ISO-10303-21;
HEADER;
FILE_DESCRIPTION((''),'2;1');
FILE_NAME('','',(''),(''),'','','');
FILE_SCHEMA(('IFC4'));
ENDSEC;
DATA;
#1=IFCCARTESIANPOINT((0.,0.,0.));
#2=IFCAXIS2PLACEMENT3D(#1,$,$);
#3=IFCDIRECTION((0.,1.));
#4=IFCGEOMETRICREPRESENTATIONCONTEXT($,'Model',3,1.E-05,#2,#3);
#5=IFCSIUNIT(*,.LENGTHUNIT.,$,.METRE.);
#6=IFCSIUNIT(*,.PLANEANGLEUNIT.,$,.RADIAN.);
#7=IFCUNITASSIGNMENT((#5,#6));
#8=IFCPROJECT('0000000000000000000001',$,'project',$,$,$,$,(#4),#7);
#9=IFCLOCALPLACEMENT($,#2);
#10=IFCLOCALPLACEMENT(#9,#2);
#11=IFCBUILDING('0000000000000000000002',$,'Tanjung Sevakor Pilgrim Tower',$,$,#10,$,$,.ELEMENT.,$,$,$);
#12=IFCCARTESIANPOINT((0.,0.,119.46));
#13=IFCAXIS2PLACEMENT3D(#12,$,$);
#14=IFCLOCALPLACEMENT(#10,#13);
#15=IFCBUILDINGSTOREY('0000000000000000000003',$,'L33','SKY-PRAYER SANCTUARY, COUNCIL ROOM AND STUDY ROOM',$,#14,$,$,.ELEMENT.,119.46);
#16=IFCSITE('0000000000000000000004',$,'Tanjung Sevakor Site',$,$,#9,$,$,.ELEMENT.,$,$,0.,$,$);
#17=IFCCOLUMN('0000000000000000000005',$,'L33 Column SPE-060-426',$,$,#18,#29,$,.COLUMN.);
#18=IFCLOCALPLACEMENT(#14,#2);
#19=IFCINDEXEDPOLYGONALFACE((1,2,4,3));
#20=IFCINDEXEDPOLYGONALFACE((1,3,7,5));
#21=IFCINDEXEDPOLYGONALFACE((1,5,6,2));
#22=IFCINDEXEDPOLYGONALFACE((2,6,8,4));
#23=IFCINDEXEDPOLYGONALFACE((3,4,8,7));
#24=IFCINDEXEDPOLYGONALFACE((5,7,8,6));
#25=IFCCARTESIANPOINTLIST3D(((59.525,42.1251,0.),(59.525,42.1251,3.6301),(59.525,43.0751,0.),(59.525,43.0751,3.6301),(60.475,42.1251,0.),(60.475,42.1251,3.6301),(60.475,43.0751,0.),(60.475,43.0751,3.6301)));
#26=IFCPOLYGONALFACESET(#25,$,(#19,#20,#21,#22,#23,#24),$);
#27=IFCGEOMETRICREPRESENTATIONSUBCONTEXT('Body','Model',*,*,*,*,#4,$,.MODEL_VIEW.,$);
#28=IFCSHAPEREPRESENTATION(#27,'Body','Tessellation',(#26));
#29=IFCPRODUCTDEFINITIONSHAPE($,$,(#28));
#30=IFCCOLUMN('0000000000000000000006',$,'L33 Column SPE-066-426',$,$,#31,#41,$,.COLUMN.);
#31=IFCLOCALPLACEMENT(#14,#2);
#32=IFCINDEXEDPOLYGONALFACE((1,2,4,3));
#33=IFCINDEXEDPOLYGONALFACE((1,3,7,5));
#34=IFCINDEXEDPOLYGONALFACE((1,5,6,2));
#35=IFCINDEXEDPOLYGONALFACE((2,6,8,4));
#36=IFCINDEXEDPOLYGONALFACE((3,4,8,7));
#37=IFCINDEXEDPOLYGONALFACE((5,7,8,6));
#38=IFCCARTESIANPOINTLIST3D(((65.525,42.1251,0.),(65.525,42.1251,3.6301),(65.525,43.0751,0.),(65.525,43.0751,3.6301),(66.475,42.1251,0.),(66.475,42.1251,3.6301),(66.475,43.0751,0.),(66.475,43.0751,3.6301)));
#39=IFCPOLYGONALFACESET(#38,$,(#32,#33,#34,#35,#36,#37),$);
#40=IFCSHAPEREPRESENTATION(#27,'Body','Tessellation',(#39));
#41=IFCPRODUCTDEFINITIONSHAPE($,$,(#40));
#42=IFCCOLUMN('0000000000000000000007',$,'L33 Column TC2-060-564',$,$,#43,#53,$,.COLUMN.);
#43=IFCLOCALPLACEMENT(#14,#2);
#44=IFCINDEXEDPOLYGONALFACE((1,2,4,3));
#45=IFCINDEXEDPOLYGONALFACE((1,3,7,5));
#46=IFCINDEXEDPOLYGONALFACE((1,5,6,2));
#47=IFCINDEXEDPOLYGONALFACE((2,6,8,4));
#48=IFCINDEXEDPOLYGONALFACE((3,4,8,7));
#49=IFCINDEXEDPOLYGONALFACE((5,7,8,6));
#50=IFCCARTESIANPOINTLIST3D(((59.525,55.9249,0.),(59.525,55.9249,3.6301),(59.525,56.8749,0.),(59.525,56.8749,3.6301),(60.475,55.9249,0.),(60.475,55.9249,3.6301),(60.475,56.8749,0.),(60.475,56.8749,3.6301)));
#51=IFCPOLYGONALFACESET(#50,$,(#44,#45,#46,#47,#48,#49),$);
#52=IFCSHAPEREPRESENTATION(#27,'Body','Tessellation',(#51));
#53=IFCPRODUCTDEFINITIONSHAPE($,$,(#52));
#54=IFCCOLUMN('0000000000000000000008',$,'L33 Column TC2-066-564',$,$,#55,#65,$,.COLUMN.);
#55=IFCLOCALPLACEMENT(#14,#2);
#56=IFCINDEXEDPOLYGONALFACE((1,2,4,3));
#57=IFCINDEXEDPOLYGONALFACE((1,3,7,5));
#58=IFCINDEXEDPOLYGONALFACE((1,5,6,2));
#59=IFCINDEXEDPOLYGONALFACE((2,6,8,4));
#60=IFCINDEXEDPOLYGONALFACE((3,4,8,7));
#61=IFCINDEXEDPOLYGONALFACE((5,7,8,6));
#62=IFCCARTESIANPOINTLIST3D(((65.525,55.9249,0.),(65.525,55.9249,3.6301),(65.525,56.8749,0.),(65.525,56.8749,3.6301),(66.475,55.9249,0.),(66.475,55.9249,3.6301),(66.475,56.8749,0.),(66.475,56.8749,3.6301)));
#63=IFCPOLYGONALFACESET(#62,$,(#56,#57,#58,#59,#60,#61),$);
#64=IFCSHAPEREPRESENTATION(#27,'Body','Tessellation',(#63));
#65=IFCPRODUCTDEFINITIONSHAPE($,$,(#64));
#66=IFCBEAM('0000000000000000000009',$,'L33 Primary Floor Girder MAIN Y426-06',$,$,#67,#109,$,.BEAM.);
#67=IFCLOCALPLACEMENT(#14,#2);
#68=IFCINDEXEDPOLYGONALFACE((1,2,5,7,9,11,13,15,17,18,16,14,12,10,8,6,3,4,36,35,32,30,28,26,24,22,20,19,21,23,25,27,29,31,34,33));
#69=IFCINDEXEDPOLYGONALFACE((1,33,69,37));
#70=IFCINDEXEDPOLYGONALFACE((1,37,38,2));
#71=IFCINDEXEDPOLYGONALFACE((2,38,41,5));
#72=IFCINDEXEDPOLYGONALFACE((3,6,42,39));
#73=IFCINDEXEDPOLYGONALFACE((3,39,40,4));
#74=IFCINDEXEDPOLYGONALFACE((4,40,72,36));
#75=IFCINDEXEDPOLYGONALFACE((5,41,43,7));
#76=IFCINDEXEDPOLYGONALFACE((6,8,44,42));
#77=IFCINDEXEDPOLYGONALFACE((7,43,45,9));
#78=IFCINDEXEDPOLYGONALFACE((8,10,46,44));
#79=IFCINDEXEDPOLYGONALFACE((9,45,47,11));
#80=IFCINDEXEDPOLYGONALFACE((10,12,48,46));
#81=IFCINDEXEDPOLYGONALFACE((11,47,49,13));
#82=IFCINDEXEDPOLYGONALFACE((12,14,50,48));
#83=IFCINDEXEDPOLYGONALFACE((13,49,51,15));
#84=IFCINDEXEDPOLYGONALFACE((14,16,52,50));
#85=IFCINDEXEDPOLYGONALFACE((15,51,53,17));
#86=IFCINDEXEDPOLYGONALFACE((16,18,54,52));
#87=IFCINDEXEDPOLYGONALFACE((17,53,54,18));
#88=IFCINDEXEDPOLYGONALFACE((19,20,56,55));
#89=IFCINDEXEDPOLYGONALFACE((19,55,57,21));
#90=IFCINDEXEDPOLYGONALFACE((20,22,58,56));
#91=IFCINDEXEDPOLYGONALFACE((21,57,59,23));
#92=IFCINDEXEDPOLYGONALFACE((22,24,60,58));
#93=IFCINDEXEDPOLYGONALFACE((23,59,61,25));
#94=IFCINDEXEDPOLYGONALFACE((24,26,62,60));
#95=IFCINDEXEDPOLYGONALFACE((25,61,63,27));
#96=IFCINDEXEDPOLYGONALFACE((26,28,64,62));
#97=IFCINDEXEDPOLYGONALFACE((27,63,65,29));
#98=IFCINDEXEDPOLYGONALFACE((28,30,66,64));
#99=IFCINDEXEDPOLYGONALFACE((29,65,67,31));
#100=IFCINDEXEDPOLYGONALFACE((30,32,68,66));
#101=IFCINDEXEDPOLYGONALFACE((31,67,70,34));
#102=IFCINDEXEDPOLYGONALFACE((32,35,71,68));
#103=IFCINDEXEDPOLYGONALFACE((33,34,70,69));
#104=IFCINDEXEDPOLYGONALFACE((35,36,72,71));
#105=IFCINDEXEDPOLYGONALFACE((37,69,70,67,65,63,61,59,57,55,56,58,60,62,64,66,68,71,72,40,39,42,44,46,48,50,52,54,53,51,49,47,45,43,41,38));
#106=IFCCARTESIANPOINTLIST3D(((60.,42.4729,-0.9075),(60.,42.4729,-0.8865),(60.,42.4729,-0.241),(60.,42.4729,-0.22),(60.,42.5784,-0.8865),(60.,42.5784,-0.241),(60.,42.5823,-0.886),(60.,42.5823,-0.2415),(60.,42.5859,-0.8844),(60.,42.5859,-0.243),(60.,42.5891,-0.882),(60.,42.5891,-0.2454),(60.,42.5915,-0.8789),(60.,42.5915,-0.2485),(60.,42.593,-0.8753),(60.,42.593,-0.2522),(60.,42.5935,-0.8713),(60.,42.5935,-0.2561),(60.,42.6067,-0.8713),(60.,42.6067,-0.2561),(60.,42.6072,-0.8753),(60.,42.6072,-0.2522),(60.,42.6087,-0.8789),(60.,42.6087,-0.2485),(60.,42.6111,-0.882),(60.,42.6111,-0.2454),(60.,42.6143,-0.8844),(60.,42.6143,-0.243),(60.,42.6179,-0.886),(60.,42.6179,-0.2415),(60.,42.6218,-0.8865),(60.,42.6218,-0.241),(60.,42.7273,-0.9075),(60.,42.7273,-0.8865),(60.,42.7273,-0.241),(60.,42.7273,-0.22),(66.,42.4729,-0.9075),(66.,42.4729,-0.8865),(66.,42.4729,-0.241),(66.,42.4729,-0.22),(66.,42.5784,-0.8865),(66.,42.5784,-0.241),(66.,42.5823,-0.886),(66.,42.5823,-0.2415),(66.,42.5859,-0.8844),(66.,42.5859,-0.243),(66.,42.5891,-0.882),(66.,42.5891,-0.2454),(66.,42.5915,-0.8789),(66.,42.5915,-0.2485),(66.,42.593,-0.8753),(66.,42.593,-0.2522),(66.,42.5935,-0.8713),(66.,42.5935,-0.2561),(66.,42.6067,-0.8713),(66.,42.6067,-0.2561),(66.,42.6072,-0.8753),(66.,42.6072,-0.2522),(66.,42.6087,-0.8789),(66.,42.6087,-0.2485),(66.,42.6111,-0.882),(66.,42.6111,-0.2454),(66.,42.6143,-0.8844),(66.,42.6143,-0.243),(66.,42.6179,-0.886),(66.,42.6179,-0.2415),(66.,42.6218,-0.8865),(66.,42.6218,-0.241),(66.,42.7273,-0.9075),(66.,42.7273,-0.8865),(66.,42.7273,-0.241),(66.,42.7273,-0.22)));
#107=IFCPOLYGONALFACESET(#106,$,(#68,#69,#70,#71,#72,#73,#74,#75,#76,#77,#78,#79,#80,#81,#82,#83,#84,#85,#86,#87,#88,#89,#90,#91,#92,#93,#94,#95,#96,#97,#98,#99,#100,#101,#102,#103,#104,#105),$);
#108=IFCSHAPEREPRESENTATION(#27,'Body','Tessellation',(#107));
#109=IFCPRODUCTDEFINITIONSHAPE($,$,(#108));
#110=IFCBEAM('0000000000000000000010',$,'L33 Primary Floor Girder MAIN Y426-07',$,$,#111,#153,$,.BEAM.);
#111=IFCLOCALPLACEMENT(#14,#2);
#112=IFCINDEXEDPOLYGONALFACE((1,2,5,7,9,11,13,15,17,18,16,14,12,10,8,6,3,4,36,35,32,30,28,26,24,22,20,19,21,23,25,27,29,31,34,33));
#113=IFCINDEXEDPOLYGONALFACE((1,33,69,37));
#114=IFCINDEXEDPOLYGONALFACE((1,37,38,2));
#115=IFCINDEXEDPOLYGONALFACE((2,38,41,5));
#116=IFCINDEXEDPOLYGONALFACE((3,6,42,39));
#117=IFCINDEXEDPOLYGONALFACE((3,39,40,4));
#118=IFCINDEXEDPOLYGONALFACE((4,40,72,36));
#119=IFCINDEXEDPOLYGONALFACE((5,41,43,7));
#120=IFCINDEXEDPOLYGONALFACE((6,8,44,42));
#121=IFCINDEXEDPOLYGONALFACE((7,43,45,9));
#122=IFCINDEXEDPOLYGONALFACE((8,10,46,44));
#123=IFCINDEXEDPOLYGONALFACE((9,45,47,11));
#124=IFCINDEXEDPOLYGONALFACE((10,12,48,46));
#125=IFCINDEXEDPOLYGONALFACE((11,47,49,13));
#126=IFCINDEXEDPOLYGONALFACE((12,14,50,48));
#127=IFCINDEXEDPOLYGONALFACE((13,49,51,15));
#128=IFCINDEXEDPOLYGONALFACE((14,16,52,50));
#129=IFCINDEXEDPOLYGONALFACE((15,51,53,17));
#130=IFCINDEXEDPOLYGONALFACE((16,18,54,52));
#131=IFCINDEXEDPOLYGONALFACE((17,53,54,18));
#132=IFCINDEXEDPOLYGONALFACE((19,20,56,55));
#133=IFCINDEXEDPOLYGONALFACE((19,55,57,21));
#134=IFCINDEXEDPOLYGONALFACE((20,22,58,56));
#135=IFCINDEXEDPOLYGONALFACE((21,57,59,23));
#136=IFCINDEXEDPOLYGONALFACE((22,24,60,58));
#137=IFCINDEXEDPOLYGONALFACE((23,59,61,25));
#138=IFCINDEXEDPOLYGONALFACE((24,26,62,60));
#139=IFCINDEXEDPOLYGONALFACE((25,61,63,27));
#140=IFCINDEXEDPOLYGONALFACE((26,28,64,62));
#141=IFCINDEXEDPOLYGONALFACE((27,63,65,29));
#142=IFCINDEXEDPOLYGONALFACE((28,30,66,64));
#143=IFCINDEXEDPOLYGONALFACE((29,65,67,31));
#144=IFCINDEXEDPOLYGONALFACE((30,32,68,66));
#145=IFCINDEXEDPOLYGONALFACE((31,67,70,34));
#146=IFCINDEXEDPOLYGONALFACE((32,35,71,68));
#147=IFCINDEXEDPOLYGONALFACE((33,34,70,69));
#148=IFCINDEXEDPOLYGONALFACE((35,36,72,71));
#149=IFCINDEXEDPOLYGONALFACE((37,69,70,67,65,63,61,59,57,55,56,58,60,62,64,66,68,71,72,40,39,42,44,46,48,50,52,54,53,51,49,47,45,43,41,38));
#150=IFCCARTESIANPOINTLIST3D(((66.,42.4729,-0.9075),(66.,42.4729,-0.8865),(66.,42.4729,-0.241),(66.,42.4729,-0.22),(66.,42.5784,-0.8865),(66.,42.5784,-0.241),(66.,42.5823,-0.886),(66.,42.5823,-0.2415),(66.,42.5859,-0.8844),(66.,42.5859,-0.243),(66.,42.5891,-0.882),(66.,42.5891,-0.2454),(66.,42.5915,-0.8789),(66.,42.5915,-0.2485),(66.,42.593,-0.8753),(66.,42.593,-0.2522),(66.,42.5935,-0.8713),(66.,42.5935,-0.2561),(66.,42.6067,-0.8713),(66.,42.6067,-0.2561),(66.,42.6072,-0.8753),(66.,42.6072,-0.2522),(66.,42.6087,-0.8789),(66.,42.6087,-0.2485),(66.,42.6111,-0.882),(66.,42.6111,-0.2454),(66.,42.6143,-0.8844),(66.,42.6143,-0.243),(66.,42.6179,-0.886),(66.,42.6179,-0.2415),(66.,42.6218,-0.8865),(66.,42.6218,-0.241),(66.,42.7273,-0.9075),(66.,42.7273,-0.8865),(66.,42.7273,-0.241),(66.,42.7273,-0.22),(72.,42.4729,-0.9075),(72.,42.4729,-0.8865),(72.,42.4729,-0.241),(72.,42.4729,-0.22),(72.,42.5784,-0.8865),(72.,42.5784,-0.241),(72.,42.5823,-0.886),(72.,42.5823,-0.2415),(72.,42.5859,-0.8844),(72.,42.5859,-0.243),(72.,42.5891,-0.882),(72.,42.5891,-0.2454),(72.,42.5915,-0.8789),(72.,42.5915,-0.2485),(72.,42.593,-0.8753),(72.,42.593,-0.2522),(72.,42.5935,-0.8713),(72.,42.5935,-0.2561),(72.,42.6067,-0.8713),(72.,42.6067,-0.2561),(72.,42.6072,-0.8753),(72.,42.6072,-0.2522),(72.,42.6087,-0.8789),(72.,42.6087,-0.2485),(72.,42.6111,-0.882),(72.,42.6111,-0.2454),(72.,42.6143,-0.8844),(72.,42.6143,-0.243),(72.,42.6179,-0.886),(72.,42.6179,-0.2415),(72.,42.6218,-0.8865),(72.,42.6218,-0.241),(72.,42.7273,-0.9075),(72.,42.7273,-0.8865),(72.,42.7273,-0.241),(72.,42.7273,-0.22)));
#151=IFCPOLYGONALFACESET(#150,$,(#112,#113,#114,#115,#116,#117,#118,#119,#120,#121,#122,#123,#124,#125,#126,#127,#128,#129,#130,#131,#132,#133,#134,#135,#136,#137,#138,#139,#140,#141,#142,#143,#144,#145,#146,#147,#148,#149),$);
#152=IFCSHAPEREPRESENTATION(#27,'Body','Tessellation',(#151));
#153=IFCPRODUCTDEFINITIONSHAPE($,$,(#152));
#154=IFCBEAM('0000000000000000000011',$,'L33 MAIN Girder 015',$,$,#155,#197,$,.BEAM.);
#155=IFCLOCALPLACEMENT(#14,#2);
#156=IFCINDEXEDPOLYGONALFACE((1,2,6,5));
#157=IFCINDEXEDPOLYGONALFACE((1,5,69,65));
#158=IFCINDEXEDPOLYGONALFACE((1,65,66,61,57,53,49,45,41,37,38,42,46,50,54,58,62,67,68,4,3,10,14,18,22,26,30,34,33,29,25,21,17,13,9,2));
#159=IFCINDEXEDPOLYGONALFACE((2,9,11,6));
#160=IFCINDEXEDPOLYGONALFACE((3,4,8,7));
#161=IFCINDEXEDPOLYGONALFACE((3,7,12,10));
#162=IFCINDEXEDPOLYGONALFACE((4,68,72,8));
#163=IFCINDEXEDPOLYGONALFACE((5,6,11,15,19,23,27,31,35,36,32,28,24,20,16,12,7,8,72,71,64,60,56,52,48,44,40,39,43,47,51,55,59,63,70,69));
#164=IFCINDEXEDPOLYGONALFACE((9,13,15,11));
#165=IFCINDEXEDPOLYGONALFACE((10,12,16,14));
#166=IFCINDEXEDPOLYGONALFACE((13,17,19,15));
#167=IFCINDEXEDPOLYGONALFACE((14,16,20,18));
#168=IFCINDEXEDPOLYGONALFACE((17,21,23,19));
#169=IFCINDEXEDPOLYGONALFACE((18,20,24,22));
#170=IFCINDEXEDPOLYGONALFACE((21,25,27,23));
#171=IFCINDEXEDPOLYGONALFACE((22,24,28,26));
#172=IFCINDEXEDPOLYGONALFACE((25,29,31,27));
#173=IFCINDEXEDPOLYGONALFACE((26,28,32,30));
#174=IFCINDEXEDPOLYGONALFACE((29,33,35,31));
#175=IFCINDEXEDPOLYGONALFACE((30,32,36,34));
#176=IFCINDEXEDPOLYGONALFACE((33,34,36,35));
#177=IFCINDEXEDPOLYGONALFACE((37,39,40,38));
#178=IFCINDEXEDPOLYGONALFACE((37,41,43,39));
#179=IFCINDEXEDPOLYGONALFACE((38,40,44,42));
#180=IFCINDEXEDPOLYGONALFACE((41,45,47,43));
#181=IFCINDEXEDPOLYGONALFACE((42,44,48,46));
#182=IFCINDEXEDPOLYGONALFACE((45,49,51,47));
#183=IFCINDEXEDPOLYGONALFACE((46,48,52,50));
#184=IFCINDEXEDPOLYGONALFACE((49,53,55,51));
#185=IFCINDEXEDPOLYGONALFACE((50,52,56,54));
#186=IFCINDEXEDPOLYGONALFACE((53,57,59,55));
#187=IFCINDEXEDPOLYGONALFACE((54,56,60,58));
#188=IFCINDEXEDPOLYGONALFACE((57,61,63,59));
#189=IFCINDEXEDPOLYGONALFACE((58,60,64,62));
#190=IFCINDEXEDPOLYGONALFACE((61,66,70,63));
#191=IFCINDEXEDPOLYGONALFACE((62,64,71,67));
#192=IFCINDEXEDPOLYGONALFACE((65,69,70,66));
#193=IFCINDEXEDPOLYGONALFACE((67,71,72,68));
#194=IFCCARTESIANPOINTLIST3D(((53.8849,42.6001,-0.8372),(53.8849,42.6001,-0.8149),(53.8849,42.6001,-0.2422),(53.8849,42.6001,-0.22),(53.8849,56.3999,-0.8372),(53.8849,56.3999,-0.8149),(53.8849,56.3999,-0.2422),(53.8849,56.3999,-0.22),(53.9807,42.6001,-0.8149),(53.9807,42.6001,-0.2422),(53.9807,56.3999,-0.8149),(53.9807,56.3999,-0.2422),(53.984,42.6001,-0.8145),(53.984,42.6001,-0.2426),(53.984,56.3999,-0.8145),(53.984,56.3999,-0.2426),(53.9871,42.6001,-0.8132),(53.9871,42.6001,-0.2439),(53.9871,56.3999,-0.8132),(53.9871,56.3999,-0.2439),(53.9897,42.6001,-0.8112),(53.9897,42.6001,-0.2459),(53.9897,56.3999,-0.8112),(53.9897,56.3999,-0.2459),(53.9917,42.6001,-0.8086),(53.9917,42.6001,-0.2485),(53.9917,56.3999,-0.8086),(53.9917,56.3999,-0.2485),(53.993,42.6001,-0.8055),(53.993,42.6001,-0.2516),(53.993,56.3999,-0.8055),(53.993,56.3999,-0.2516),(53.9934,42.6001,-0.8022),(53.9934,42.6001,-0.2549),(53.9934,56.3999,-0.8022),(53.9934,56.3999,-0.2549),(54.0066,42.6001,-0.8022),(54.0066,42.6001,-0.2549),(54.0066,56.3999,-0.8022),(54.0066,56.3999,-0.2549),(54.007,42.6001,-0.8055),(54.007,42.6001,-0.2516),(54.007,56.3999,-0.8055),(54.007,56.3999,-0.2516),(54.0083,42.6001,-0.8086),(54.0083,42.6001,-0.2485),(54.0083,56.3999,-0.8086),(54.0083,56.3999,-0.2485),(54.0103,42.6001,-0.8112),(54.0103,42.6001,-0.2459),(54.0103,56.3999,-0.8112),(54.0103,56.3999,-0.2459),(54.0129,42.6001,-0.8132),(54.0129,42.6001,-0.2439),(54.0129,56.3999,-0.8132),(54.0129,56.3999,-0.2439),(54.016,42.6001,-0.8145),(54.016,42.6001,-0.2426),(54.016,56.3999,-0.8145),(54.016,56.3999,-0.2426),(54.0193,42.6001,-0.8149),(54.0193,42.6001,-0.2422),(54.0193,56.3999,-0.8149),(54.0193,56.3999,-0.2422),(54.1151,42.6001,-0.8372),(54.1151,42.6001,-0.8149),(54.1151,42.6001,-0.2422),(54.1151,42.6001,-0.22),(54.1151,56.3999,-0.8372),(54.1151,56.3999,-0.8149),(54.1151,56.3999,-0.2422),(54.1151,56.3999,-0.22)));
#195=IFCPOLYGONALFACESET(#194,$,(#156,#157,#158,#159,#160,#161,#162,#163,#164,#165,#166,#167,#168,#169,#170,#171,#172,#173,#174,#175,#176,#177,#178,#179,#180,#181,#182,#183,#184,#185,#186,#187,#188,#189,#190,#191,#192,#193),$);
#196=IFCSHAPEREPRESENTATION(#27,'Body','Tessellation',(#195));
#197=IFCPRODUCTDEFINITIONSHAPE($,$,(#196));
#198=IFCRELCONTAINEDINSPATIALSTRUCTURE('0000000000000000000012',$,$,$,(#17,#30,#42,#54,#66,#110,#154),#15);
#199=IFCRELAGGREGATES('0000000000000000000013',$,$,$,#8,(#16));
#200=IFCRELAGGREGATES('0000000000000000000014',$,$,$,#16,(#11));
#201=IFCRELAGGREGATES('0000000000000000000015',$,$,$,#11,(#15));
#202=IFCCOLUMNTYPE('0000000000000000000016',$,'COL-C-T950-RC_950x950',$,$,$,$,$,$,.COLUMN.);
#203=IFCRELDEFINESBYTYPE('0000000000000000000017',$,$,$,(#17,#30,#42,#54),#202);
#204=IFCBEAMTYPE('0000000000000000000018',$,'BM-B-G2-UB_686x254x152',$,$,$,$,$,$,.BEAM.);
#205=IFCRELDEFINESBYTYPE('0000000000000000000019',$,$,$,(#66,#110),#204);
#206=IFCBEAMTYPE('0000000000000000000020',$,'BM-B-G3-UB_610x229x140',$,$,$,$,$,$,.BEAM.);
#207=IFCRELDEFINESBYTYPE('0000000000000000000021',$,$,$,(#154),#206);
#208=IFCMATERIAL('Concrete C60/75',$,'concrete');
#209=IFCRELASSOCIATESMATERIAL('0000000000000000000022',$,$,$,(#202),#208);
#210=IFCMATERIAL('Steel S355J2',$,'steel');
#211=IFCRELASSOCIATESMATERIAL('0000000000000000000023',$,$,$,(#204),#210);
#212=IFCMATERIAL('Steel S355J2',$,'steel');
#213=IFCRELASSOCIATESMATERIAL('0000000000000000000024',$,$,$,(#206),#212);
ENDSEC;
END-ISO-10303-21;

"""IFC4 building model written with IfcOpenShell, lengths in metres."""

from ifc_helpers import new_model, si_unit, direction, frame, origin, origin_2d, place, context, subcontext, project, spatial, rectangle, i_section, extrude, material, material_profile, profile_set, type_object, element, save


model = new_model("IFC4")

# Units and contexts
model_context = context("Model", 3, precision=1e-05, world=origin(), true_north=direction((0.0, 1.0)))
body_context = subcontext(model_context, "Body", "Model", "MODEL_VIEW")
ifc_project = project(units=[si_unit("LENGTHUNIT", "METRE"), si_unit("PLANEANGLEUNIT", "RADIAN")], contexts=[model_context])

# Site, building, storey
site_placement = place(None, origin())
site = spatial("IfcSite", under=ifc_project, at=site_placement, Name="Tanjung Sevakor Site", CompositionType="ELEMENT", RefElevation=0.0)
building_placement = place(site_placement, origin())
building = spatial("IfcBuilding", under=site, at=building_placement, Name="Tanjung Sevakor Pilgrim Tower", CompositionType="ELEMENT")
storey_placement = place(building_placement, frame((0.0, 0.0, 119.46)))
storey = spatial("IfcBuildingStorey", under=building, at=storey_placement, Name="L33", Description="SKY-PRAYER SANCTUARY, COUNCIL ROOM AND STUDY ROOM", CompositionType="ELEMENT", Elevation=119.46)

# Columns
ifc_material_1 = material(Name="Concrete C60/75", Category="concrete")
ifc_material_profile_1 = material_profile(ifc_material_1, rectangle(XDim=0.95, YDim=0.95, at=origin_2d()))
ifc_profile_set_1 = profile_set([ifc_material_profile_1], Name="Concrete C60/75")
column_type = type_object("IfcColumnType", Name="COL-C-T950-RC_950x950", PredefinedType="COLUMN", material=ifc_profile_set_1)
for number, where, z_axis, x_axis, name in (
    (1, (60.0, 42.6001, 0.0), (0.0, 0.0, 1.0), (1.0, 0.0, 0.0), "L33 Column SPE-060-426"),
    (2, (66.0, 42.6001, 0.0), (0.0, 0.0, 1.0), (1.0, 0.0, 0.0), "L33 Column SPE-066-426"),
    (3, (60.0, 56.3999, 0.0), (0.0, 0.0, 1.0), (1.0, 0.0, 0.0), "L33 Column TC2-060-564"),
    (4, (66.0, 56.3999, 0.0), (0.0, 0.0, 1.0), (1.0, 0.0, 0.0), "L33 Column TC2-066-564"),
):
    element("IfcColumn", number, at=place(storey_placement, frame(where, z_axis=z_axis, x_axis=x_axis)), inside=storey, type_object=column_type, Name=name, PredefinedType="COLUMN", context=body_context, shape_type="SweptSolid", body=[
        extrude(rectangle(XDim=0.95, YDim=0.95, at=origin_2d()), origin(), (0.0, 0.0, 1.0), 3.6301),
    ])

# Beams
ifc_material_2 = material(Name="Steel S355J2", Category="steel")
ifc_material_profile_2 = material_profile(ifc_material_2, i_section(OverallWidth=0.2544, OverallDepth=0.6875, WebThickness=0.0132, FlangeThickness=0.021, FilletRadius=0.0151, at=origin_2d()))
ifc_profile_set_2 = profile_set([ifc_material_profile_2], Name="Steel S355J2")
beam_type_1 = type_object("IfcBeamType", Name="BM-B-G2-UB_686x254x152", PredefinedType="BEAM", material=ifc_profile_set_2)
for number, where, z_axis, x_axis, name in (
    (5, (60.0, 42.6001, -0.5637), (1.0, 0.0, 0.0), (0.0, 1.0, 0.0), "L33 Primary Floor Girder MAIN Y426-06"),
    (6, (66.0, 42.6001, -0.5637), (1.0, 0.0, 0.0), (0.0, 1.0, 0.0), "L33 Primary Floor Girder MAIN Y426-07"),
):
    element("IfcBeam", number, at=place(storey_placement, frame(where, z_axis=z_axis, x_axis=x_axis)), inside=storey, type_object=beam_type_1, Name=name, PredefinedType="BEAM", context=body_context, shape_type="SweptSolid", body=[
        extrude(i_section(OverallWidth=0.2544, OverallDepth=0.6875, WebThickness=0.0132, FlangeThickness=0.021, FilletRadius=0.0151, at=origin_2d()), origin(), (0.0, 0.0, 1.0), 6.0),
    ])
ifc_material_3 = material(Name="Steel S355J2", Category="steel")
ifc_material_profile_3 = material_profile(ifc_material_3, i_section(OverallWidth=0.2302, OverallDepth=0.6172, WebThickness=0.0132, FlangeThickness=0.0222, FilletRadius=0.0127, at=origin_2d()))
ifc_profile_set_3 = profile_set([ifc_material_profile_3], Name="Steel S355J2")
beam_type_2 = type_object("IfcBeamType", Name="BM-B-G3-UB_610x229x140", PredefinedType="BEAM", material=ifc_profile_set_3)
for number, where, z_axis, x_axis, name in (
    (7, (54.0, 42.6001, -0.5286), (0.0, 1.0, 0.0), (-1.0, 0.0, 0.0), "L33 MAIN Girder 015"),
):
    element("IfcBeam", number, at=place(storey_placement, frame(where, z_axis=z_axis, x_axis=x_axis)), inside=storey, type_object=beam_type_2, Name=name, PredefinedType="BEAM", context=body_context, shape_type="SweptSolid", body=[
        extrude(i_section(OverallWidth=0.2302, OverallDepth=0.6172, WebThickness=0.0132, FlangeThickness=0.0222, FilletRadius=0.0127, at=origin_2d()), origin(), (0.0, 0.0, 1.0), 13.7998),
    ])

save(model, "model.ifc")
